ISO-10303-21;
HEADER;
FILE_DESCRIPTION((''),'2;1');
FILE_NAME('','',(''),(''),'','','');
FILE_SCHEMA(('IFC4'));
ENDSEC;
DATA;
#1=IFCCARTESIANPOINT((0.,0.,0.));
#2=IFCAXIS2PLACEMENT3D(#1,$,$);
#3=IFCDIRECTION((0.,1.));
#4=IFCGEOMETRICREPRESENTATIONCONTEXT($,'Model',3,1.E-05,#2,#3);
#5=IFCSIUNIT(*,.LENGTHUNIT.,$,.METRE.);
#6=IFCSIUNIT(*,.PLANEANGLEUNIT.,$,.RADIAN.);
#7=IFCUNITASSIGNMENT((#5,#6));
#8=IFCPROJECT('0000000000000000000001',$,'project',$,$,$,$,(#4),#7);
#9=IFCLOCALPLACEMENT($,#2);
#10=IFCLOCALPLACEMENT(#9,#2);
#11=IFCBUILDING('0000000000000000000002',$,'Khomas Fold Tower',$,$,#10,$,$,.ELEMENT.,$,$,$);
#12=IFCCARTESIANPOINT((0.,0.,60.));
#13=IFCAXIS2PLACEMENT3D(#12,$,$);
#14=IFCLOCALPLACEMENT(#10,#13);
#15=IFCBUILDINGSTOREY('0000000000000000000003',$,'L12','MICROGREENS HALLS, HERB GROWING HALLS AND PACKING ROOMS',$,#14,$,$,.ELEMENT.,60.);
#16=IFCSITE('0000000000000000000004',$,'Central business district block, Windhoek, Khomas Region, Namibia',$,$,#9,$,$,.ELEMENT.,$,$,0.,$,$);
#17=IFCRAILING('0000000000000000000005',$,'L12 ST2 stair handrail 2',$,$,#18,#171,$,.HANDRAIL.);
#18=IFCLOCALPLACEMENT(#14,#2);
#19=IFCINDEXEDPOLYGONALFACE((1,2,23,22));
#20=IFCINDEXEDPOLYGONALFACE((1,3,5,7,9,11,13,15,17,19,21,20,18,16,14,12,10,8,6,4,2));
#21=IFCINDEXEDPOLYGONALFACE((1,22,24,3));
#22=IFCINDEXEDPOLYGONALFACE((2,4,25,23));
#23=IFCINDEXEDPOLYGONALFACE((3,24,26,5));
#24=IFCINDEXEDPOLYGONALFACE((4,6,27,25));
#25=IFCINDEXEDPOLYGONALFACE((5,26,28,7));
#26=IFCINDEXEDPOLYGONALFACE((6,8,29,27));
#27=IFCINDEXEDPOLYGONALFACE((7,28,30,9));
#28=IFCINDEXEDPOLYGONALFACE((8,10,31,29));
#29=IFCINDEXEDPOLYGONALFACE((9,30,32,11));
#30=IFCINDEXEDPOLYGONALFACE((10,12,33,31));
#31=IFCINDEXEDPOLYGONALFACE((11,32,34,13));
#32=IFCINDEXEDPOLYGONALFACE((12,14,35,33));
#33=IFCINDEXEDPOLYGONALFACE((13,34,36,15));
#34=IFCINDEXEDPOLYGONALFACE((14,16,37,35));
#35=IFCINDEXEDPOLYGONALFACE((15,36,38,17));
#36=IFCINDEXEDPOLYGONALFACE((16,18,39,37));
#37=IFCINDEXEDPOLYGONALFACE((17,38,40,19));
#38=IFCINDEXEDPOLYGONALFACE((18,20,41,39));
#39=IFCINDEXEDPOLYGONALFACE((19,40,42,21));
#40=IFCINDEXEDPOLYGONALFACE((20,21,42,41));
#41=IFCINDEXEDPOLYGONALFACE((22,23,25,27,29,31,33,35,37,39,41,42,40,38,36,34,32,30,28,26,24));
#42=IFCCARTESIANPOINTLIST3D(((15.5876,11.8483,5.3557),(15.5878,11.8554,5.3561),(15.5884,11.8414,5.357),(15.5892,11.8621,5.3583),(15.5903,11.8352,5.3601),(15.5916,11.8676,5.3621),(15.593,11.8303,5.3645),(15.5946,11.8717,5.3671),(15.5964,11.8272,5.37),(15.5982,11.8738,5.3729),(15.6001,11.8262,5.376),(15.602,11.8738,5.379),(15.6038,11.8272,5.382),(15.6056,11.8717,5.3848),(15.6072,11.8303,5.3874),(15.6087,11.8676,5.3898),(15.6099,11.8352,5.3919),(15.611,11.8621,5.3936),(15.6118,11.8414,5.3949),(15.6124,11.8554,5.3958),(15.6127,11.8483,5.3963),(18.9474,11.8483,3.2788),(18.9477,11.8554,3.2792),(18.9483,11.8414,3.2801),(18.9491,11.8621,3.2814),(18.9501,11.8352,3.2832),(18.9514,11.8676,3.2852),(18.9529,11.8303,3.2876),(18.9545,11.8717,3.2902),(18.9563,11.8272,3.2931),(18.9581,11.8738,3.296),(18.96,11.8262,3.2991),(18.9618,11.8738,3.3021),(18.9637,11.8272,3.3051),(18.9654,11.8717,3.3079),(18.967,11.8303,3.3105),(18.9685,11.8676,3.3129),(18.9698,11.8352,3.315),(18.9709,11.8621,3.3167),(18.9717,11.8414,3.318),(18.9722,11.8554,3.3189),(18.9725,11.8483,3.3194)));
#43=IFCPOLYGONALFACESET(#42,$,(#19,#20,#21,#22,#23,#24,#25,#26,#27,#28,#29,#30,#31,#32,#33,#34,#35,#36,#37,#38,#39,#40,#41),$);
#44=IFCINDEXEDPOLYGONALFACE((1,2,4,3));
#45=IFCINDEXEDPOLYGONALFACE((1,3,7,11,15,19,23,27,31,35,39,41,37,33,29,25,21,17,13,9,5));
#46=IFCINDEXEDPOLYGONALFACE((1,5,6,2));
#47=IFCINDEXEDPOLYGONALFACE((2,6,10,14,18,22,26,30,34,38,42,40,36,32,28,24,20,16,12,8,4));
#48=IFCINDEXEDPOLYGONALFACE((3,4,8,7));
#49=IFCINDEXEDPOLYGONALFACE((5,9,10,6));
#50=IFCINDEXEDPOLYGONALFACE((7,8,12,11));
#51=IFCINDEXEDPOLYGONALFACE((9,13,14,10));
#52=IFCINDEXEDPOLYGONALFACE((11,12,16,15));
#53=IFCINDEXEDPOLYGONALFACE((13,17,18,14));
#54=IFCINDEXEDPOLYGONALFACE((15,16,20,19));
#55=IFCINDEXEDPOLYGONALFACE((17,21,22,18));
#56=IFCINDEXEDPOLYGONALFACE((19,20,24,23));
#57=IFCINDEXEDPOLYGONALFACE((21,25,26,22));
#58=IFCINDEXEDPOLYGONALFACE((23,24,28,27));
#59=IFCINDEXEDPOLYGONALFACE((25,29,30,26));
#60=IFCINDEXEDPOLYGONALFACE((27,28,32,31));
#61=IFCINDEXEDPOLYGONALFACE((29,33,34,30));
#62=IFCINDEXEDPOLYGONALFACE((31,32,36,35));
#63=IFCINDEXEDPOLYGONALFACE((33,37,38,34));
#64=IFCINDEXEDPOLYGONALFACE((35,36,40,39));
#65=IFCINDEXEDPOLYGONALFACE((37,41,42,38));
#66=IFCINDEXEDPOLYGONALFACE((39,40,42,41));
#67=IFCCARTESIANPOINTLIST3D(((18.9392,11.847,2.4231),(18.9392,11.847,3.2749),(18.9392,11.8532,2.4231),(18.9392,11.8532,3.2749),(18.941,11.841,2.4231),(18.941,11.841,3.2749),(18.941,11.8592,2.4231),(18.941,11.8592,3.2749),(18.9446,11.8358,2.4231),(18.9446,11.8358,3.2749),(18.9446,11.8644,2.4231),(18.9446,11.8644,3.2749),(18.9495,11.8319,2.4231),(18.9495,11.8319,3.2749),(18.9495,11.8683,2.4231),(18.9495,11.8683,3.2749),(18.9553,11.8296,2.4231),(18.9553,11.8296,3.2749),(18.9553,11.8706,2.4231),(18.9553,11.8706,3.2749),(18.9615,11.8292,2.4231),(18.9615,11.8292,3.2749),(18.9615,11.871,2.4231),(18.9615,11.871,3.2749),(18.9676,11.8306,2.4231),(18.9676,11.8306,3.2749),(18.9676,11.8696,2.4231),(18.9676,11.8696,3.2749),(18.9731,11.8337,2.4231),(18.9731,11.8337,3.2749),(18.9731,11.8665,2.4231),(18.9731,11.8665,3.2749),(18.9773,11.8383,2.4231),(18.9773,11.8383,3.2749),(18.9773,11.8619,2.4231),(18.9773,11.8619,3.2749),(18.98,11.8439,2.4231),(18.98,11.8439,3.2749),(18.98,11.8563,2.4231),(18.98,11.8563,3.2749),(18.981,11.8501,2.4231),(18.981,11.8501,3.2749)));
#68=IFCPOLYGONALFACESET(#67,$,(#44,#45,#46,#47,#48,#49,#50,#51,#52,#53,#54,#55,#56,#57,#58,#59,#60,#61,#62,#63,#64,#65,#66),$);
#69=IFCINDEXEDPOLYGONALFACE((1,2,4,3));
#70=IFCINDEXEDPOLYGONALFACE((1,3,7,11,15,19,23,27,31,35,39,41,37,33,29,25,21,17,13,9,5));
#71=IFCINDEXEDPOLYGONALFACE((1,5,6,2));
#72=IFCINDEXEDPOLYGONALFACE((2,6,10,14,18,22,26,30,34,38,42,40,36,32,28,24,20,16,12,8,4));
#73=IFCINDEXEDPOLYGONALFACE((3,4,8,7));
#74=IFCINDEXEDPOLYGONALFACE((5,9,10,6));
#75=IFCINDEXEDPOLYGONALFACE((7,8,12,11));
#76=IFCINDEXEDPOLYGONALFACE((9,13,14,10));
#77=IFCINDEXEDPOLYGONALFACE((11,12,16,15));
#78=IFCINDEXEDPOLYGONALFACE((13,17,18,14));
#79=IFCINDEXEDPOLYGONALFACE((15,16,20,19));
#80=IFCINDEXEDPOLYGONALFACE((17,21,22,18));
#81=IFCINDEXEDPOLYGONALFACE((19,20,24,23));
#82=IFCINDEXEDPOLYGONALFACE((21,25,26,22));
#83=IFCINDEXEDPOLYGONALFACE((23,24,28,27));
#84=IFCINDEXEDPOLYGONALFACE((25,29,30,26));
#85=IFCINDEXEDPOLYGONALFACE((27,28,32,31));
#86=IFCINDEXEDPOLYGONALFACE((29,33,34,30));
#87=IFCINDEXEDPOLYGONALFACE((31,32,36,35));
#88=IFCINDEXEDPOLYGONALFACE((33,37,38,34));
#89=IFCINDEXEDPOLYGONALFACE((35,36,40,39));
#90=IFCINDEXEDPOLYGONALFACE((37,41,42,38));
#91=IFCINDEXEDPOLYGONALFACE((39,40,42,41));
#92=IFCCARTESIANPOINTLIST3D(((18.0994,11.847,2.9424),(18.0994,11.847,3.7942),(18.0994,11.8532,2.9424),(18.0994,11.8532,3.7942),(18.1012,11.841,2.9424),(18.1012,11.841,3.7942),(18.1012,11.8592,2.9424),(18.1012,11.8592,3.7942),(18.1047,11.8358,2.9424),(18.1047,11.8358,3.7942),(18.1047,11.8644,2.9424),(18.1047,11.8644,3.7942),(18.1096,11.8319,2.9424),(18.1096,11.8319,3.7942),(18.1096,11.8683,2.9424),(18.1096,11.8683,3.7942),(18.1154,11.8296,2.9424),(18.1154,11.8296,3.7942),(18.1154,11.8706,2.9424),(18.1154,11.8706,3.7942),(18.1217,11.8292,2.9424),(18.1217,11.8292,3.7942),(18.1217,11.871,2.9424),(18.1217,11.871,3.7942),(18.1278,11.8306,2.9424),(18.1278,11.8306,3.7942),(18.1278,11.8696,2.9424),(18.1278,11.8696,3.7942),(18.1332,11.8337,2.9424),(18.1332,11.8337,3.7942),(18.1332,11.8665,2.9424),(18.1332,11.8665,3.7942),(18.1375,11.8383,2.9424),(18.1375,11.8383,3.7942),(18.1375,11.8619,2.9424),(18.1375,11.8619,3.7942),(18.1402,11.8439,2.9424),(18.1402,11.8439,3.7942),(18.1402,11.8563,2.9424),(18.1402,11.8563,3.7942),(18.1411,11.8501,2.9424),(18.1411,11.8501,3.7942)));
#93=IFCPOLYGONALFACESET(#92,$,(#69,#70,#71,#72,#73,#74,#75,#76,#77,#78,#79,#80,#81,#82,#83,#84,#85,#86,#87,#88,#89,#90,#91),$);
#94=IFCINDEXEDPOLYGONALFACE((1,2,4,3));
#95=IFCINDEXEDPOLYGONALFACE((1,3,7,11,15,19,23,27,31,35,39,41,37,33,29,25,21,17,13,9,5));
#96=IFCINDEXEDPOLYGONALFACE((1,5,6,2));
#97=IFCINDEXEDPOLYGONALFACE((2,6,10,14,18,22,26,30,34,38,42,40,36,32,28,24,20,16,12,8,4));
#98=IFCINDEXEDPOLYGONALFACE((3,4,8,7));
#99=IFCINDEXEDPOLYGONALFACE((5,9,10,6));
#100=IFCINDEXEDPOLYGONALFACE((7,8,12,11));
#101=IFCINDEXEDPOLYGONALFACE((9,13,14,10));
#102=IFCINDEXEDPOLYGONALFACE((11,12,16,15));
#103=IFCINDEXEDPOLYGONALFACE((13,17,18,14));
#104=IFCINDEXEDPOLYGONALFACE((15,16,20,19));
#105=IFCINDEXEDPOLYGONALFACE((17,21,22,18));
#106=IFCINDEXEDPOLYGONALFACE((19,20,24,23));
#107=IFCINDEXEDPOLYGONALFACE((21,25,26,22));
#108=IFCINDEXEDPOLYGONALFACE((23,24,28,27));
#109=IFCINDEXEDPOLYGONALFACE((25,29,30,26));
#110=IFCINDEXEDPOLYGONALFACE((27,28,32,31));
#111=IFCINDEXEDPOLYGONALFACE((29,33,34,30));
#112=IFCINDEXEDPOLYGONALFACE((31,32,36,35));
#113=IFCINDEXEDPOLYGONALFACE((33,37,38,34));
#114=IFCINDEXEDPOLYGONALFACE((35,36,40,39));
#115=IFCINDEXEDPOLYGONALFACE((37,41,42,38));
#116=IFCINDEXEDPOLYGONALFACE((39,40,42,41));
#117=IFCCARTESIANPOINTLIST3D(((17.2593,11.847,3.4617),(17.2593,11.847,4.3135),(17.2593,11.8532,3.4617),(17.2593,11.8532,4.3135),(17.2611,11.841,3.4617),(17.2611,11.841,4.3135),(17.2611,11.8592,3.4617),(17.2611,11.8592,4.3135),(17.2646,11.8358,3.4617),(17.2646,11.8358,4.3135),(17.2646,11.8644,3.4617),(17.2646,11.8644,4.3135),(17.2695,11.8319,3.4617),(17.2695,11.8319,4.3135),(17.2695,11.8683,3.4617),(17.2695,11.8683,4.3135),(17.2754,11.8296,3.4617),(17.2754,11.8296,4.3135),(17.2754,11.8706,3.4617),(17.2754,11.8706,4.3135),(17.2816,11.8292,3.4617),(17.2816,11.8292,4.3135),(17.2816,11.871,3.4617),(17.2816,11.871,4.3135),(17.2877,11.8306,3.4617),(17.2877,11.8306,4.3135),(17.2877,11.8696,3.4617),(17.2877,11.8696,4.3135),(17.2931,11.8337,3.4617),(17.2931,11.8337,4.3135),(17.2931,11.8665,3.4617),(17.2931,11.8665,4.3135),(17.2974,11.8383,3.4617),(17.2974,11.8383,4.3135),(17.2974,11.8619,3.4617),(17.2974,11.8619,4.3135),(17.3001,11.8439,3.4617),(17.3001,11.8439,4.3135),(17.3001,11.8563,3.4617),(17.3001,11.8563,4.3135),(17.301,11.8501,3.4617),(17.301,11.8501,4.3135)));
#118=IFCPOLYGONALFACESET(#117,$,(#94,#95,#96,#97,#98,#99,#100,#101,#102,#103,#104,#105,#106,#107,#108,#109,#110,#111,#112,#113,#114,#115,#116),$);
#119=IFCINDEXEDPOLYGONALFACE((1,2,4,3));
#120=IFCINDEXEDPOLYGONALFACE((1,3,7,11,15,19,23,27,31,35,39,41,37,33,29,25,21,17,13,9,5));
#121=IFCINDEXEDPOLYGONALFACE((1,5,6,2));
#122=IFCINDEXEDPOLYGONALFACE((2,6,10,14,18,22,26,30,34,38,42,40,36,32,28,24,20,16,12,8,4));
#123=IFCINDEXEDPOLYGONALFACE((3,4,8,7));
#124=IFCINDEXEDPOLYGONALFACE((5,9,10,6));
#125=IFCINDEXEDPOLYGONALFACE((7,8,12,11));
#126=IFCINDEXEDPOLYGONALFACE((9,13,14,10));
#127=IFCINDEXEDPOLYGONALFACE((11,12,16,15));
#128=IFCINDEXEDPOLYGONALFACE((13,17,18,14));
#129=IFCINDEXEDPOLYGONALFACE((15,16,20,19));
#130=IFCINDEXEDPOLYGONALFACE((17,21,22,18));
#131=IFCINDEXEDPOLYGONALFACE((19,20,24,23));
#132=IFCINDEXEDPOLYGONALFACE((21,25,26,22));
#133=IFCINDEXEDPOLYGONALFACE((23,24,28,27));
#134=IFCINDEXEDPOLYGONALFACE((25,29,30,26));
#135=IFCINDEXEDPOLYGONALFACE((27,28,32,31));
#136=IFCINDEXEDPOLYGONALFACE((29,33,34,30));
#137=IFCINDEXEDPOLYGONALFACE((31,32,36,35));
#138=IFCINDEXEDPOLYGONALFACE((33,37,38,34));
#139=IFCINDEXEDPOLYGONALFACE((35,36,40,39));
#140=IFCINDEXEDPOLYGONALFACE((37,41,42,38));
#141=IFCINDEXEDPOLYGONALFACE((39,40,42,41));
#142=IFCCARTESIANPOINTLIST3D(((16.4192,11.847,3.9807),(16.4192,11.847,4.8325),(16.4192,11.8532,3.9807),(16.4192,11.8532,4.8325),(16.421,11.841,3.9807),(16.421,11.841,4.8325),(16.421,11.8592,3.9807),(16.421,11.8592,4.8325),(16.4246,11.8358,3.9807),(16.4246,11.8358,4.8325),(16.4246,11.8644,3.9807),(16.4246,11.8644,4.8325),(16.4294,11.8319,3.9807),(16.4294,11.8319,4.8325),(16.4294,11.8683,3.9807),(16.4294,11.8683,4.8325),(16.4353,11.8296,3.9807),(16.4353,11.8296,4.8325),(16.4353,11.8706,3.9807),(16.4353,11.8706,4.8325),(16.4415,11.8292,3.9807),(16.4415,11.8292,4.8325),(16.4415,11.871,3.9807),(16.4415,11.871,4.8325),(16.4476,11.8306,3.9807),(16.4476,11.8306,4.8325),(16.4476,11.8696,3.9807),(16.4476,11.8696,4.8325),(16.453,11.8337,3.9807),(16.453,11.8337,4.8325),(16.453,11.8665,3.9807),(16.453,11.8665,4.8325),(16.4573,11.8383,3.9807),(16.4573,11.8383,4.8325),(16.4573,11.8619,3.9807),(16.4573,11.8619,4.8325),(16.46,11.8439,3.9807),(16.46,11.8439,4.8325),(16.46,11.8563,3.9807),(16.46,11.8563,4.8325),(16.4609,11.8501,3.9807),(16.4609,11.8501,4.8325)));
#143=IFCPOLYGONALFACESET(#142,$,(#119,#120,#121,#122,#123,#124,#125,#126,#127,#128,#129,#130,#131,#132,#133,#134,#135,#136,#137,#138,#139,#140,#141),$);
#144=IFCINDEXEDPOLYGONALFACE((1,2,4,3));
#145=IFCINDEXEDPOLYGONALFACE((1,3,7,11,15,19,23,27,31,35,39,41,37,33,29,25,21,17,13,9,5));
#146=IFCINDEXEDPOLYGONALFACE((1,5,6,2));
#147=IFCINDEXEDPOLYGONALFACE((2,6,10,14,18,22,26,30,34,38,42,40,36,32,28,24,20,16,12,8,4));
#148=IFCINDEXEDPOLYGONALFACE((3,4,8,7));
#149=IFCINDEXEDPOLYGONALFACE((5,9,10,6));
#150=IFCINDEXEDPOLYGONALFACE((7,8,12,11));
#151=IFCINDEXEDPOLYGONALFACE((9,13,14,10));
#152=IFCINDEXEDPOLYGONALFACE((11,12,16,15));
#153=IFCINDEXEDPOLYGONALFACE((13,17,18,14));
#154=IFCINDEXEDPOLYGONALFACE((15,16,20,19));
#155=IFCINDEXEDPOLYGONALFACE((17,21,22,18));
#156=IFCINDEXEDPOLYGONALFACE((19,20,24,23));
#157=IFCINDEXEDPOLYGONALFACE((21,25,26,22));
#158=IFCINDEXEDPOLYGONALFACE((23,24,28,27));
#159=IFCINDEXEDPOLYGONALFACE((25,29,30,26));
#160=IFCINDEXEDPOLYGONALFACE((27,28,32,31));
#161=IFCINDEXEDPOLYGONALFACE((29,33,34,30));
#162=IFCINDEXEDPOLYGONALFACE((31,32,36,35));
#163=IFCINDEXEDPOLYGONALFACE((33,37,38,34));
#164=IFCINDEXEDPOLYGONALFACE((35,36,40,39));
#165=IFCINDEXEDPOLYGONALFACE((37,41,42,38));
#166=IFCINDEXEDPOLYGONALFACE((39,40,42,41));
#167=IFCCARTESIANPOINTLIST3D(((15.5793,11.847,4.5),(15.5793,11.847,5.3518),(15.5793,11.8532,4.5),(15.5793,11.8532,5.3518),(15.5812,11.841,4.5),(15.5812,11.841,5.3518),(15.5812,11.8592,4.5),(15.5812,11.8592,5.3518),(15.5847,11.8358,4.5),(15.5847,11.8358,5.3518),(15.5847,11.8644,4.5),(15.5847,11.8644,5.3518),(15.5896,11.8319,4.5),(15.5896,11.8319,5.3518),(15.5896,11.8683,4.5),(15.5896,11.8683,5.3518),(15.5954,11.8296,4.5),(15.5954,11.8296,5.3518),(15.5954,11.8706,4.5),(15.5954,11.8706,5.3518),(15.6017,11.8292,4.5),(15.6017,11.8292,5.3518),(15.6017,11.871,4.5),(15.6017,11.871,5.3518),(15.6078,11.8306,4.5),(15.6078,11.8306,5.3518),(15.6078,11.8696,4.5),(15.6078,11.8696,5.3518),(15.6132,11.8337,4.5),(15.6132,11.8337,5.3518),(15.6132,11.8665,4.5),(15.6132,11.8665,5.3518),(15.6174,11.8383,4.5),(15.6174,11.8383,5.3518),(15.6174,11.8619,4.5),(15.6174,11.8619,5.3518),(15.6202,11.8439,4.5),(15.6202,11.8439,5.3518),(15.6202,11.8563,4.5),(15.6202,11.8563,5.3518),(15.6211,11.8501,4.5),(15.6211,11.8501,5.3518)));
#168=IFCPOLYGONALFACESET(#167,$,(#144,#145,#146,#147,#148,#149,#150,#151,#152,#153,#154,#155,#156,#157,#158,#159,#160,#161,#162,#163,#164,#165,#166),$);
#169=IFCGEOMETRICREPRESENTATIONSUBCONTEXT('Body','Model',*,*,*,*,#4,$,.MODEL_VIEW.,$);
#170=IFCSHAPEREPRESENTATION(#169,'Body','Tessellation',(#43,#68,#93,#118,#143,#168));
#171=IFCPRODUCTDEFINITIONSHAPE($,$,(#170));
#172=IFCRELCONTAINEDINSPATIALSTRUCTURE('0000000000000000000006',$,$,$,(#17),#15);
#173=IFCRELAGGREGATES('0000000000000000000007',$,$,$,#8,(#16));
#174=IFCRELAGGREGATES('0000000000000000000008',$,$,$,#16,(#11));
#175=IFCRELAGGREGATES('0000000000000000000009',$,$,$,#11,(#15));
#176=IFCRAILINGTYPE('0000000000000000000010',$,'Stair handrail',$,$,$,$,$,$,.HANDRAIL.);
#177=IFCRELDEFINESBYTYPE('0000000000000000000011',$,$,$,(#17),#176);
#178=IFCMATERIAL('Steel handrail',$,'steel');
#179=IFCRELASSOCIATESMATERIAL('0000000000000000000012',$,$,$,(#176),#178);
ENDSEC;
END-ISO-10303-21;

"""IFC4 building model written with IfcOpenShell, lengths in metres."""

from ifc_helpers import new_model, si_unit, direction, frame, origin, origin_2d, place, context, subcontext, project, spatial, circle, extrude, source, transform, mapped, material, type_object, element, save


model = new_model("IFC4")

# Units and contexts
model_context = context("Model", 3, precision=1e-05, world=origin(), true_north=direction((0.0, 1.0)))
body_context = subcontext(model_context, "Body", "Model", "MODEL_VIEW")
ifc_project = project(units=[si_unit("LENGTHUNIT", "METRE"), si_unit("PLANEANGLEUNIT", "RADIAN")], contexts=[model_context])

# Site, building, storey
site_placement = place(None, origin())
site = spatial("IfcSite", under=ifc_project, at=site_placement, Name="Central business district block, Windhoek, Khomas Region, Namibia", CompositionType="ELEMENT", RefElevation=0.0)
building_placement = place(site_placement, origin())
building = spatial("IfcBuilding", under=site, at=building_placement, Name="Khomas Fold Tower", CompositionType="ELEMENT")
storey_placement = place(building_placement, frame((0.0, 0.0, 60.0)))
storey = spatial("IfcBuildingStorey", under=building, at=storey_placement, Name="L12", Description="MICROGREENS HALLS, HERB GROWING HALLS AND PACKING ROOMS", CompositionType="ELEMENT", Elevation=60.0)

# Railing
ifc_material_1 = material(Name="Steel handrail", Category="steel")
railing_type_1 = type_object("IfcRailingType", Name="Stair handrail", PredefinedType="HANDRAIL", material=ifc_material_1)
shared_shape_1 = source(origin(), body_context, "Body", "SweptSolid", [
    extrude(circle(Radius=0.0239, at=origin_2d()), frame((0.0, 0.0, 0.876), z_axis=(-0.850606, 0.0, 0.525803), x_axis=(0.0, -1.0, 0.0)), (0.0, 0.0, 1.0), 3.95),
    extrude(circle(Radius=0.021, at=origin_2d()), origin(), (0.0, 0.0, 1.0), 0.8518),
    extrude(circle(Radius=0.021, at=origin_2d()), frame((-0.8398, 0.0, 0.5193)), (0.0, 0.0, 1.0), 0.8518),
    extrude(circle(Radius=0.021, at=origin_2d()), frame((-1.6799, 0.0, 1.0386)), (0.0, 0.0, 1.0), 0.8518),
    extrude(circle(Radius=0.021, at=origin_2d()), frame((-2.52, 0.0, 1.5576)), (0.0, 0.0, 1.0), 0.8518),
    extrude(circle(Radius=0.021, at=origin_2d()), frame((-3.3599, 0.0, 2.0769)), (0.0, 0.0, 1.0), 0.8518),
])
railing_1_placement = place(storey_placement, frame((18.96, 11.8501, 2.4231)))
element("IfcRailing", 1, at=railing_1_placement, inside=storey, type_object=railing_type_1, Name="L12 ST2 stair handrail 2", PredefinedType="HANDRAIL", context=body_context, shape_type="MappedRepresentation", body=[
    mapped(shared_shape_1, transform((0.0, 0.0, 0.0))),
])

save(model, "model.ifc")
